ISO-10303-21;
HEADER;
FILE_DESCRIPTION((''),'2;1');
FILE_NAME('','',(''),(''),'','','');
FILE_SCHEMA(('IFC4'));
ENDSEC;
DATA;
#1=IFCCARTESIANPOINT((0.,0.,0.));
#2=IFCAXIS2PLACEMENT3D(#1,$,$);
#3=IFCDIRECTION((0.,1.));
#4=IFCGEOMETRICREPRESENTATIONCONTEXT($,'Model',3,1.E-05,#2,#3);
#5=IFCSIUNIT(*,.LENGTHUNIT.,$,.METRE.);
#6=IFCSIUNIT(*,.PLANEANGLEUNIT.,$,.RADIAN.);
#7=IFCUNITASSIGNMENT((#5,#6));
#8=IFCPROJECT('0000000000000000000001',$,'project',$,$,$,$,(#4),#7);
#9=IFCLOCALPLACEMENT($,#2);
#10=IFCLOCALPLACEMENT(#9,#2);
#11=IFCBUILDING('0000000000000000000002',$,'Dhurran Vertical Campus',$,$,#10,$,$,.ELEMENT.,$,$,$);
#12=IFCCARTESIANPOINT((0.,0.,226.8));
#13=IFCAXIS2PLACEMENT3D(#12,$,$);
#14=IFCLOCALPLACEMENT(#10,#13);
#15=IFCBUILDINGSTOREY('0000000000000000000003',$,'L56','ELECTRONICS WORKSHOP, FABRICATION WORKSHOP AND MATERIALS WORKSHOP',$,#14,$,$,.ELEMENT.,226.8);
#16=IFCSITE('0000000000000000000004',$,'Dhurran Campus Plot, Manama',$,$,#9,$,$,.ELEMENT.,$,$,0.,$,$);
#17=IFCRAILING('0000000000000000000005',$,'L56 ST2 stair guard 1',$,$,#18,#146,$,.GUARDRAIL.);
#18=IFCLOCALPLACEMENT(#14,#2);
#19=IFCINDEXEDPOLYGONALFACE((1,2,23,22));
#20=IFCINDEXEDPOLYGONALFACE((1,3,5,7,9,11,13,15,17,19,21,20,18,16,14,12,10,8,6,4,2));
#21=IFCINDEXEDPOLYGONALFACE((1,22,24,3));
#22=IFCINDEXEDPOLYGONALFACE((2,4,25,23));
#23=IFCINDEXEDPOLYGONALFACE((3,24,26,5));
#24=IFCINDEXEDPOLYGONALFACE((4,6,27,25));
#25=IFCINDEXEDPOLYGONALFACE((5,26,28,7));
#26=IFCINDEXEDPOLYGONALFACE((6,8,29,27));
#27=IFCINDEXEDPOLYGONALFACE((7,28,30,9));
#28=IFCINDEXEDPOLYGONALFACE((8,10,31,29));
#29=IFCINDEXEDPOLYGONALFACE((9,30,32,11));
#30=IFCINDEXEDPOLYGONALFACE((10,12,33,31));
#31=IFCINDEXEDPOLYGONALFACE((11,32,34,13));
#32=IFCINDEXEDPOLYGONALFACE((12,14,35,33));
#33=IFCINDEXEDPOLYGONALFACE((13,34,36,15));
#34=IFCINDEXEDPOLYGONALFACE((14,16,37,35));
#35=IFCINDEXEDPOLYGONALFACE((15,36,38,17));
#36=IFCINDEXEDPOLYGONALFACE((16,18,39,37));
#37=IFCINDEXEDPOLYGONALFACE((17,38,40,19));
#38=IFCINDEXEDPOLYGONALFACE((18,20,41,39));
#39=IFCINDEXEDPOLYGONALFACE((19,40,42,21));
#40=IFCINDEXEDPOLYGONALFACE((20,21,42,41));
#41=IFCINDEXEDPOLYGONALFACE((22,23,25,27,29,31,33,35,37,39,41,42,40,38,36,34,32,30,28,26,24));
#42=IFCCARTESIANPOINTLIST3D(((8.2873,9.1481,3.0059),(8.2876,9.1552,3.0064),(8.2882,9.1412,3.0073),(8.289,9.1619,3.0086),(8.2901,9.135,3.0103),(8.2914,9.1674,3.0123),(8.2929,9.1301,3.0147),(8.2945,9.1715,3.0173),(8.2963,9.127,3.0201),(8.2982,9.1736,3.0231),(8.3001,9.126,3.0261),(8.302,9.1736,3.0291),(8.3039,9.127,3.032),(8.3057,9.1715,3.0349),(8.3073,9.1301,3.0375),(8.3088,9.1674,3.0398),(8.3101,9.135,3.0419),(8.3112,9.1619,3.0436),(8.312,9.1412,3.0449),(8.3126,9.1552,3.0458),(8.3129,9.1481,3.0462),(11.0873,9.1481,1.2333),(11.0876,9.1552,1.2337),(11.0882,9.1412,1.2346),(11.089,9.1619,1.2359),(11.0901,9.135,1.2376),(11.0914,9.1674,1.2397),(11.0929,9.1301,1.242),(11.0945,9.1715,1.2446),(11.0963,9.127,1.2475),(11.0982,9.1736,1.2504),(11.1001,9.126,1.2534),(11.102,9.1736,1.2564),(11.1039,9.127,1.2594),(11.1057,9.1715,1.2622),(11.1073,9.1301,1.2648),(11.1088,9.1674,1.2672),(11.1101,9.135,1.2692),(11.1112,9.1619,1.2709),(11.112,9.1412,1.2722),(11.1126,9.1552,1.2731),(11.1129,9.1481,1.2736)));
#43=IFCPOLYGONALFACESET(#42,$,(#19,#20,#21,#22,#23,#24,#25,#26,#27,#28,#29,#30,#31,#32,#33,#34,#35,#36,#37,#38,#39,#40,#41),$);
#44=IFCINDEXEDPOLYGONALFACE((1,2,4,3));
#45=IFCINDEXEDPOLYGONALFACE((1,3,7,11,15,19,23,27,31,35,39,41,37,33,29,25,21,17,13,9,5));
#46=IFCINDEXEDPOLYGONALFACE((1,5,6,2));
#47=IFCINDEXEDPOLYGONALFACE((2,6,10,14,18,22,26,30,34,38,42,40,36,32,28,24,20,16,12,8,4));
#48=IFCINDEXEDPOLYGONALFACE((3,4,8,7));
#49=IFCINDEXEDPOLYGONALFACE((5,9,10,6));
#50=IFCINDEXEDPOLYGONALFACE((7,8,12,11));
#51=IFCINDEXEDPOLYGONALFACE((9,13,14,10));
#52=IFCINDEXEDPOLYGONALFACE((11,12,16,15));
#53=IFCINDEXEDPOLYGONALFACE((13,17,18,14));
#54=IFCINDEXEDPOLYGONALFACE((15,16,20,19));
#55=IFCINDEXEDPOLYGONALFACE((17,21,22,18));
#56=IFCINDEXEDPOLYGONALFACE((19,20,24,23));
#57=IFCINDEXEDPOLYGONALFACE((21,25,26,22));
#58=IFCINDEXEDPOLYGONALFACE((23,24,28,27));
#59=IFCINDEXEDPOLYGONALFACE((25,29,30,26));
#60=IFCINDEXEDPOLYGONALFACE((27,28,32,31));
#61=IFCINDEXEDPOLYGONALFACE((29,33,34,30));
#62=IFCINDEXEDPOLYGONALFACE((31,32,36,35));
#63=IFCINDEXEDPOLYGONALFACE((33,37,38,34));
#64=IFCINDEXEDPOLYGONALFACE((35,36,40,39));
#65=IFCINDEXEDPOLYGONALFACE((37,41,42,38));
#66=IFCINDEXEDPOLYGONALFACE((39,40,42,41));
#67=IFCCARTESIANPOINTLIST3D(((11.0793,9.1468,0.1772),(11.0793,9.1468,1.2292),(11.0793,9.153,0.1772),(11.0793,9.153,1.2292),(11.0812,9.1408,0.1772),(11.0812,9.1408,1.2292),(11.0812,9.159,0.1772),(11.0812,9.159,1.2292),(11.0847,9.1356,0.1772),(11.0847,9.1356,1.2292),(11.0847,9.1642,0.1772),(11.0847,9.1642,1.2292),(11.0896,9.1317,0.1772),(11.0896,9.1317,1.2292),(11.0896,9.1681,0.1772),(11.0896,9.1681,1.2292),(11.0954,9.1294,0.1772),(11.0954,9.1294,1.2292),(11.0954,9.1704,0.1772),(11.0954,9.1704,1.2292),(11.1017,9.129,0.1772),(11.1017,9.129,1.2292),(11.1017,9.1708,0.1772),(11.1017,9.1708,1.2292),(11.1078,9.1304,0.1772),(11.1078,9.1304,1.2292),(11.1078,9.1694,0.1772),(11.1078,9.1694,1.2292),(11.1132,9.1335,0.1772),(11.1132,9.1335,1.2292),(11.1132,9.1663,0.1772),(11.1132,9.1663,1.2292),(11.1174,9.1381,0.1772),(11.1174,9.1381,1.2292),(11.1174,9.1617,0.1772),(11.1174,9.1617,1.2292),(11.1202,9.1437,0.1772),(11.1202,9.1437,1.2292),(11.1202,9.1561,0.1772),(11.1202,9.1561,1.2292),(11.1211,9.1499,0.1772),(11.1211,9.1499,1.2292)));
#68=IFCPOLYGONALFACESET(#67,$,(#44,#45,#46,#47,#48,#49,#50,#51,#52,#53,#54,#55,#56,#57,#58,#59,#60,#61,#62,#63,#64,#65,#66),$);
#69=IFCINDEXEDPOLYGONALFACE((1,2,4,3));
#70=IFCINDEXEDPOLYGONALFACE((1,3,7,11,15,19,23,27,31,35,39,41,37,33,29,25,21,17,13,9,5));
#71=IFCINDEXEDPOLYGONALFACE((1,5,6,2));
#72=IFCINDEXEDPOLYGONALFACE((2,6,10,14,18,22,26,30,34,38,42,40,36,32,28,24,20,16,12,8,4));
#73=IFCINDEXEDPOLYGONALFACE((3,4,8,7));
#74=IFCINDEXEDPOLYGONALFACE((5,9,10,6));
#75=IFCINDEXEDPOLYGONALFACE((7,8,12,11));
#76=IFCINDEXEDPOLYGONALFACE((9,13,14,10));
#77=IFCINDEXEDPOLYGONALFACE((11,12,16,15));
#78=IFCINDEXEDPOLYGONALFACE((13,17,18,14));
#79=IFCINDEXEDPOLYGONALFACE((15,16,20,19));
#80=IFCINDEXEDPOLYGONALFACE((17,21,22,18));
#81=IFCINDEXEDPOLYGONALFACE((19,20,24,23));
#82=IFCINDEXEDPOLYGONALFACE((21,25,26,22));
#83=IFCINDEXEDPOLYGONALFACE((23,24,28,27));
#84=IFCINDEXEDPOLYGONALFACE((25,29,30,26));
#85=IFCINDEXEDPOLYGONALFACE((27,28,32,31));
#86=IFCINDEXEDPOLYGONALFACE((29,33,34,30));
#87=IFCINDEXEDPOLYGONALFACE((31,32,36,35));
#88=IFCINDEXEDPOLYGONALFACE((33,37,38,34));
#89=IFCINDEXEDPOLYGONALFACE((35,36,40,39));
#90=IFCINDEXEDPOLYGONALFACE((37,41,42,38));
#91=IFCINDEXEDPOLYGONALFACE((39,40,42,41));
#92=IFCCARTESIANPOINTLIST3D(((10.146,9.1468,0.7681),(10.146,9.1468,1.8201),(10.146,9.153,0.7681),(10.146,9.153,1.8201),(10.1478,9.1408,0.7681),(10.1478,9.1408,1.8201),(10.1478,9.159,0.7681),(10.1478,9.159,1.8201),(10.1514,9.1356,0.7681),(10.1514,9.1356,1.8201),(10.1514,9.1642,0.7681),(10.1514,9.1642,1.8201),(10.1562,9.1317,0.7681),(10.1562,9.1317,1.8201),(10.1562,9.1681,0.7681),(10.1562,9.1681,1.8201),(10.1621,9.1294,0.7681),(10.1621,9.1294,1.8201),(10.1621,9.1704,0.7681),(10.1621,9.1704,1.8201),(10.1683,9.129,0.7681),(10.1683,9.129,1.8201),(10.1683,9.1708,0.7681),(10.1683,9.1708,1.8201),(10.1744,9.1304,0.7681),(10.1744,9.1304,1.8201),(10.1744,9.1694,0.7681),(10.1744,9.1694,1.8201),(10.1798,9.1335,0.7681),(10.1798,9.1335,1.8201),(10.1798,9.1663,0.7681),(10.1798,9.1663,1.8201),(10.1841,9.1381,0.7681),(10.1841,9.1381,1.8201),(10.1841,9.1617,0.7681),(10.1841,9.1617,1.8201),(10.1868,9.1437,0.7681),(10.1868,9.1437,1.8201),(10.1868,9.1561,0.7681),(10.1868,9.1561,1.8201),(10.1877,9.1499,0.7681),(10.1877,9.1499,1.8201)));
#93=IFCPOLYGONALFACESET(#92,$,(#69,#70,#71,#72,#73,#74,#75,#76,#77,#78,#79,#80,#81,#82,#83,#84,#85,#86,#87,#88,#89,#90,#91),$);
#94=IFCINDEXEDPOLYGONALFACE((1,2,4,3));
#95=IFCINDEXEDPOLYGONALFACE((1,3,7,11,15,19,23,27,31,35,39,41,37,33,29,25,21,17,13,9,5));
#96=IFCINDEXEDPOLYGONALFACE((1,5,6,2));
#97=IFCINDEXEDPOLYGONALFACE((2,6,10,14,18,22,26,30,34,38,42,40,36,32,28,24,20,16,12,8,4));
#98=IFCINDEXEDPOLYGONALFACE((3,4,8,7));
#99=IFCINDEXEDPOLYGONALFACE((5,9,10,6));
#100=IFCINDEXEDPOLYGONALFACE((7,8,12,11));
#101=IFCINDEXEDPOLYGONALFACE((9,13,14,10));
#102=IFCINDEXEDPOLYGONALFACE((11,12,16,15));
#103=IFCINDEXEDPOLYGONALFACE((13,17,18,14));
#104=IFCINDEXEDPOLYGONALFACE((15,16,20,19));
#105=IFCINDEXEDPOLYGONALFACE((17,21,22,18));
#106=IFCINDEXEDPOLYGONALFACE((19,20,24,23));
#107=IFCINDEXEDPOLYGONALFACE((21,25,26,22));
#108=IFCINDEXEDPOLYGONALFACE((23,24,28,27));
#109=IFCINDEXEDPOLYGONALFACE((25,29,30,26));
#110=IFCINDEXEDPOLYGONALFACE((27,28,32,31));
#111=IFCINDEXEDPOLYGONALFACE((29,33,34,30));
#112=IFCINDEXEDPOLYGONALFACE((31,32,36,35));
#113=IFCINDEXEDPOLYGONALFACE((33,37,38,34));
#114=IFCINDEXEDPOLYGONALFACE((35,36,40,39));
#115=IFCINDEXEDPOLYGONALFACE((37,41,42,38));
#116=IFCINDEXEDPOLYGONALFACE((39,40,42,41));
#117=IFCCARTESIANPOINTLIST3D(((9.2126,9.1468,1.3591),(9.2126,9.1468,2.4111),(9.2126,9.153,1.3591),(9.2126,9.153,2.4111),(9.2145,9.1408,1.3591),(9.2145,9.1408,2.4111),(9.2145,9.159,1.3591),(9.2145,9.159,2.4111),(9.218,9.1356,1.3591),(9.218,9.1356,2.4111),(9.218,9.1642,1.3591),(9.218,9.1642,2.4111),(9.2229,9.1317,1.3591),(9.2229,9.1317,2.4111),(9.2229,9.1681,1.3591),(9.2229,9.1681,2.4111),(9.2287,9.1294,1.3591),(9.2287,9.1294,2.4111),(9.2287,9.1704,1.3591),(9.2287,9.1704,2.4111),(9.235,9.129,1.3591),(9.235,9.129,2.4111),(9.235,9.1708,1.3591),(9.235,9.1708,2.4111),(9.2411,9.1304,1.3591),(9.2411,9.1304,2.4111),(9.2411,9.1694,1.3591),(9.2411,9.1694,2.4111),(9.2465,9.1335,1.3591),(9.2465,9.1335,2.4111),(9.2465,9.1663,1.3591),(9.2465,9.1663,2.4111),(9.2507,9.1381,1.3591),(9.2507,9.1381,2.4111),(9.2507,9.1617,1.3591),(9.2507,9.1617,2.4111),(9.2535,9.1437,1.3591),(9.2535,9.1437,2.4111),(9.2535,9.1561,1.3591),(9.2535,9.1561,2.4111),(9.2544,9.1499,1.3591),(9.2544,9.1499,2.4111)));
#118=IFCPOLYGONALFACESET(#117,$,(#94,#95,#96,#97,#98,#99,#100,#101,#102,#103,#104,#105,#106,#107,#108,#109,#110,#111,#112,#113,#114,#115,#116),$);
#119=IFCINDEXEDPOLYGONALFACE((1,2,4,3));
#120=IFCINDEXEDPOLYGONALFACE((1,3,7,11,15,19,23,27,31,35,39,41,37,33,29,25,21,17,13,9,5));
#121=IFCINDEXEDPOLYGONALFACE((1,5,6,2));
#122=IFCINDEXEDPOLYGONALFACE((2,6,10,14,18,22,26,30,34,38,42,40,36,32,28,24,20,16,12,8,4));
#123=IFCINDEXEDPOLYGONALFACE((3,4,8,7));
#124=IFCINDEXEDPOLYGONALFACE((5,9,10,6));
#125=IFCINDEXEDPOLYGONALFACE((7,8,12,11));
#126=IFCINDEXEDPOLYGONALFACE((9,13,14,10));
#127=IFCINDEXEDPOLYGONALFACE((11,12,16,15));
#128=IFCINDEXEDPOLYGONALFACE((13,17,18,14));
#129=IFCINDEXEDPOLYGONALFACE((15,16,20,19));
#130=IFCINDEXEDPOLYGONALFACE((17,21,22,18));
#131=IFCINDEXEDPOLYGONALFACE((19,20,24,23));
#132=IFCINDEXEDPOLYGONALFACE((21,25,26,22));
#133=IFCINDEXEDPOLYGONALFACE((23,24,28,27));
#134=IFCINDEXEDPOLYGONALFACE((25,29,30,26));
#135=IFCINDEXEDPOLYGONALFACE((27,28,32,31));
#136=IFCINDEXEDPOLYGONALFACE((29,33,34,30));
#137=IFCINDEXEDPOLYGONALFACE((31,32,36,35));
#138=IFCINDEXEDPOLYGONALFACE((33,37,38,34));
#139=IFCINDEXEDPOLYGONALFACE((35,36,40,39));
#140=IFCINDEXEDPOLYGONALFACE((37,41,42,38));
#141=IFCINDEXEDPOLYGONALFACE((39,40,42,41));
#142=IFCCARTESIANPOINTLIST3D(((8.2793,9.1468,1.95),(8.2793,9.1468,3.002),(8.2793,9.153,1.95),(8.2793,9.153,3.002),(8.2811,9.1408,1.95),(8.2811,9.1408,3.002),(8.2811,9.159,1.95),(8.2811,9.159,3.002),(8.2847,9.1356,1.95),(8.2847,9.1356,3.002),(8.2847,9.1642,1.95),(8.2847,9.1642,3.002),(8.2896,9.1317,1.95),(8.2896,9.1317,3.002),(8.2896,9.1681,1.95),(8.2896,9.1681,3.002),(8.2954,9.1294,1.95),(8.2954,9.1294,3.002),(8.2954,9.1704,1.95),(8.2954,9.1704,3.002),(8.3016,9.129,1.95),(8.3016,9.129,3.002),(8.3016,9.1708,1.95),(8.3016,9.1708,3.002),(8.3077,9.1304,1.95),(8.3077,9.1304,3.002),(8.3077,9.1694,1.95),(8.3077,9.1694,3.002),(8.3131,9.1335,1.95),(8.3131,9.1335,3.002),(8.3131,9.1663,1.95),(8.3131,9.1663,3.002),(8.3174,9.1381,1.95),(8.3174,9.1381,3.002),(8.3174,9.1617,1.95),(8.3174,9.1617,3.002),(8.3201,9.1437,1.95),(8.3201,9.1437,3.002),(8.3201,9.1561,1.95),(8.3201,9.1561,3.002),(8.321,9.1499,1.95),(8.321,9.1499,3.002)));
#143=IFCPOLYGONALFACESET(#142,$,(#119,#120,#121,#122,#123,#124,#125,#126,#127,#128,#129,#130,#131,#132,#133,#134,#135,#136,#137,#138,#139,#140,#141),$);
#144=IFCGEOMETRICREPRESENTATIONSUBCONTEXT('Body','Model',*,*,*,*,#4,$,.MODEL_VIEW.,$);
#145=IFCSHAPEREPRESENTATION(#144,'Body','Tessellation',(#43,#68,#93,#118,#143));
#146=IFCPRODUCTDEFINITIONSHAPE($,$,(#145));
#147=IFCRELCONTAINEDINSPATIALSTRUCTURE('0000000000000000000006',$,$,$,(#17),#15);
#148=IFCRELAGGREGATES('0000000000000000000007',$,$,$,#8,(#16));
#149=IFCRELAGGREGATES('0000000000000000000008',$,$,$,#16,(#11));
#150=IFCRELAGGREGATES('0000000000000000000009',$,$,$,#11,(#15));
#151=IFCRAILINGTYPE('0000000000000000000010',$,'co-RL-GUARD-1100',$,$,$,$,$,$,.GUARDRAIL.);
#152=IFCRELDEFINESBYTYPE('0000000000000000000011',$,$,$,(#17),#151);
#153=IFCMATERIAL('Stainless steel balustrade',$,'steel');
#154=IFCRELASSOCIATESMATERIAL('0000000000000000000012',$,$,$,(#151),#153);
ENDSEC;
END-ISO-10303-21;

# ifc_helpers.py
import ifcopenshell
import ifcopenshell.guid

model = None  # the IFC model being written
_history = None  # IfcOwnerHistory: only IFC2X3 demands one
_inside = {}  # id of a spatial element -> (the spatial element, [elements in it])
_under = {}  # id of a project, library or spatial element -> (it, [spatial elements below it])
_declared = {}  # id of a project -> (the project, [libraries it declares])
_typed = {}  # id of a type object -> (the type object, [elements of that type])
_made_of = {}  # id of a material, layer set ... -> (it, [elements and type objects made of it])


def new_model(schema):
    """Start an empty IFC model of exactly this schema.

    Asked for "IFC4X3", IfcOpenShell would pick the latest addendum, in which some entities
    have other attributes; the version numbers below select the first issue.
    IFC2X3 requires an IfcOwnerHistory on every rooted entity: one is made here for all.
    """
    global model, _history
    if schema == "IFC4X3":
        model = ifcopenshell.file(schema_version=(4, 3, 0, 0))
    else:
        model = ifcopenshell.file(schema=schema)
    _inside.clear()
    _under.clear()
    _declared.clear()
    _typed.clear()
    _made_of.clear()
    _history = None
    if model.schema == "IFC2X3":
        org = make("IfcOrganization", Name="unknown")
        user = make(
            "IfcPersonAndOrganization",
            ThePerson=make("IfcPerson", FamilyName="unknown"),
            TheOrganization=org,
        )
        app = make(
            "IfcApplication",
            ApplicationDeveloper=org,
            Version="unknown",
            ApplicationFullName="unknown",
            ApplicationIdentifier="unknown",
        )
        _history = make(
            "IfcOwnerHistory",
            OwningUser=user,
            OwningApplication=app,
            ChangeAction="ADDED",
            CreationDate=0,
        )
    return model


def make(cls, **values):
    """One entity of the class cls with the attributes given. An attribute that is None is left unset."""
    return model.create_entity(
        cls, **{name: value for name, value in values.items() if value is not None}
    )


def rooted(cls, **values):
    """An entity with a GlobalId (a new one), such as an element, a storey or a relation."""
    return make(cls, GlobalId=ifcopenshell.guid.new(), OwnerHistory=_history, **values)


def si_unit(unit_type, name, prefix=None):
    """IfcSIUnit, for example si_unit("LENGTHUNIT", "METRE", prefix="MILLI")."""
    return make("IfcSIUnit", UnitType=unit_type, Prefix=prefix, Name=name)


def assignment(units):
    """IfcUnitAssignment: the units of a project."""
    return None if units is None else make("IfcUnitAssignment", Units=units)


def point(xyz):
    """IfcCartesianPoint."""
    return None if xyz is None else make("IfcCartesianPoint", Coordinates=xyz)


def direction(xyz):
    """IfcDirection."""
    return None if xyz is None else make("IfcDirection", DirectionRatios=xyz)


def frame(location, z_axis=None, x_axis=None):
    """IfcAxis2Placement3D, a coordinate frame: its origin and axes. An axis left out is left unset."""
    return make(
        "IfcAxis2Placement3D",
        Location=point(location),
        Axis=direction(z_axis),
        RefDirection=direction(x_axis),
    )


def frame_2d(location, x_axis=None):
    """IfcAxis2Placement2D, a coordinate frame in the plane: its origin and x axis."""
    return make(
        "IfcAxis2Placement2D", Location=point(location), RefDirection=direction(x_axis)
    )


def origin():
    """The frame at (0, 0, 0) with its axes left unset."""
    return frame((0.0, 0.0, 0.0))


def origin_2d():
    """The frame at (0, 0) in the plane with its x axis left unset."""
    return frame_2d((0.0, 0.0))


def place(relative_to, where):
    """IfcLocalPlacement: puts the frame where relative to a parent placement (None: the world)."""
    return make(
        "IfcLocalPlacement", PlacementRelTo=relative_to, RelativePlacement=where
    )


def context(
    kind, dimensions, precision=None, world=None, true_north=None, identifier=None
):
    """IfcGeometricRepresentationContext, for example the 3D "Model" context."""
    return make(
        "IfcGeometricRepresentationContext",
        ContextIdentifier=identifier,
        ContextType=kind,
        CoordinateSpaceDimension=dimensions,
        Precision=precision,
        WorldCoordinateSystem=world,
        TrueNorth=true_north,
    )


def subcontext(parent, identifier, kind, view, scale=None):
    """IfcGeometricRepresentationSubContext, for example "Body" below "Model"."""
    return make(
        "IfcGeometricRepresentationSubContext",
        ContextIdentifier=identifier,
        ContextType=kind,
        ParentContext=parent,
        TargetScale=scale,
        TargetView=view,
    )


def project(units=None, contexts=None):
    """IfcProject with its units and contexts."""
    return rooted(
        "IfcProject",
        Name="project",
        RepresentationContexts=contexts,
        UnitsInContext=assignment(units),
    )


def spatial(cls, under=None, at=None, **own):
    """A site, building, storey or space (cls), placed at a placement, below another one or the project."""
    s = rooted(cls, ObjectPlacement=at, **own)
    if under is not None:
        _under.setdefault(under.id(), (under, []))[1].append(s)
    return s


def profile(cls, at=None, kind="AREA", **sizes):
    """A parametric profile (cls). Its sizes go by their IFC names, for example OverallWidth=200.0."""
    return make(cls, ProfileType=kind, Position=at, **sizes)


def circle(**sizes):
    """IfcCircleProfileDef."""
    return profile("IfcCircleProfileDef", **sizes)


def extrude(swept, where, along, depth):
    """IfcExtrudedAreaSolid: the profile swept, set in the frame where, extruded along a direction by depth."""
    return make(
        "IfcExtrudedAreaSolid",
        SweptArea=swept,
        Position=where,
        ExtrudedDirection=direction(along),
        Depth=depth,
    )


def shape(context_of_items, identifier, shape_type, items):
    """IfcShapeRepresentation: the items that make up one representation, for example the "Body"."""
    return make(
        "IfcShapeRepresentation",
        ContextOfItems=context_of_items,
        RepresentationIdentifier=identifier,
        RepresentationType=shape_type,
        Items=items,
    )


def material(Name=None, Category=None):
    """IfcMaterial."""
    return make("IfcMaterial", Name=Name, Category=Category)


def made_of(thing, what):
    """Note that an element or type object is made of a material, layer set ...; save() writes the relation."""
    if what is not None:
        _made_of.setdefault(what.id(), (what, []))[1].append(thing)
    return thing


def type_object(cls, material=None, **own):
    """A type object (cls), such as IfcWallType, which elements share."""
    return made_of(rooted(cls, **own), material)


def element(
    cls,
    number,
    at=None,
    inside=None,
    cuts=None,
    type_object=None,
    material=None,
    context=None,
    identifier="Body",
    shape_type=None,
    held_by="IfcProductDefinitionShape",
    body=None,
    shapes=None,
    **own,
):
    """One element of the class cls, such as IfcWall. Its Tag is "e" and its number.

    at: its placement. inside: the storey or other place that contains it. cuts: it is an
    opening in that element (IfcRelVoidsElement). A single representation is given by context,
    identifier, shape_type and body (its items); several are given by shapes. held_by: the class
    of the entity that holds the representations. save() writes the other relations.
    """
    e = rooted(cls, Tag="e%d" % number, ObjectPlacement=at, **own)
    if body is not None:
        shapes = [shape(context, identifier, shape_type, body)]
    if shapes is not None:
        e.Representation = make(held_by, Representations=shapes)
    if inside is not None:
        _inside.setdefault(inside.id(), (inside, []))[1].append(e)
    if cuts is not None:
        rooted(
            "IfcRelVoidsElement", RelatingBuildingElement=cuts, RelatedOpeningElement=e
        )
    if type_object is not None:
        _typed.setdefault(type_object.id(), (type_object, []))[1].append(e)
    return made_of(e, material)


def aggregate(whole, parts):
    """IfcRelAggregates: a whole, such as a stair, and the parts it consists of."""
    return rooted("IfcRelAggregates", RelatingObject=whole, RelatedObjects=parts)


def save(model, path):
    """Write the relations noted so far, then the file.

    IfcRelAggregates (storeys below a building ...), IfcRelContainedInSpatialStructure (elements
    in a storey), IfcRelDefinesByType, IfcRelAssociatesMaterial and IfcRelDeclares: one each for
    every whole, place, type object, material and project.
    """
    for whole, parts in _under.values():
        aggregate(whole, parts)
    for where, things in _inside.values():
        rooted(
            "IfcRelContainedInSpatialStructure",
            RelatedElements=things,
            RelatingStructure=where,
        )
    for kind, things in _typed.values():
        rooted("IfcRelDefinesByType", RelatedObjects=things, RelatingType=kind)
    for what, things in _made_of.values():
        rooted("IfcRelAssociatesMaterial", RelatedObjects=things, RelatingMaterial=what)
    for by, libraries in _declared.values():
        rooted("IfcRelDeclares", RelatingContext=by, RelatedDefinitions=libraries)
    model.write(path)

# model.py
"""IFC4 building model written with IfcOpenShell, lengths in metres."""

from ifc_helpers import new_model, si_unit, direction, frame, origin, origin_2d, place, context, subcontext, project, spatial, circle, extrude, material, type_object, element, save


model = new_model("IFC4")

# Units and contexts
model_context = context("Model", 3, precision=1e-05, world=origin(), true_north=direction((0.0, 1.0)))
body_context = subcontext(model_context, "Body", "Model", "MODEL_VIEW")
ifc_project = project(units=[si_unit("LENGTHUNIT", "METRE"), si_unit("PLANEANGLEUNIT", "RADIAN")], contexts=[model_context])

# Site, building, storey
site_placement = place(None, origin())
site = spatial("IfcSite", under=ifc_project, at=site_placement, Name="Dhurran Campus Plot, Manama", CompositionType="ELEMENT", RefElevation=0.0)
building_placement = place(site_placement, origin())
building = spatial("IfcBuilding", under=site, at=building_placement, Name="Dhurran Vertical Campus", CompositionType="ELEMENT")
storey_placement = place(building_placement, frame((0.0, 0.0, 226.8)))
storey = spatial("IfcBuildingStorey", under=building, at=storey_placement, Name="L56", Description="ELECTRONICS WORKSHOP, FABRICATION WORKSHOP AND MATERIALS WORKSHOP", CompositionType="ELEMENT", Elevation=226.8)

# Railing
ifc_material_1 = material(Name="Stainless steel balustrade", Category="steel")
railing_type_1 = type_object("IfcRailingType", Name="co-RL-GUARD-1100", PredefinedType="GUARDRAIL", material=ifc_material_1)
railing_1_placement = place(storey_placement, frame((11.1001, 9.1499, 0.1772)))
element("IfcRailing", 1, at=railing_1_placement, inside=storey, type_object=railing_type_1, Name="L56 ST2 stair guard 1", PredefinedType="GUARDRAIL", context=body_context, shape_type="SweptSolid", body=[
    extrude(circle(Radius=0.0239, at=origin_2d()), frame((0.0, 0.0, 1.0762), z_axis=(-0.844909, 0.0, 0.53491), x_axis=(0.0, -1.0, 0.0)), (0.0, 0.0, 1.0), 3.314),
    extrude(circle(Radius=0.021, at=origin_2d()), origin(), (0.0, 0.0, 1.0), 1.052),
    extrude(circle(Radius=0.021, at=origin_2d()), frame((-0.9333, 0.0, 0.5908)), (0.0, 0.0, 1.0), 1.052),
    extrude(circle(Radius=0.021, at=origin_2d()), frame((-1.8667, 0.0, 1.1819)), (0.0, 0.0, 1.0), 1.052),
    extrude(circle(Radius=0.021, at=origin_2d()), frame((-2.8, 0.0, 1.7727)), (0.0, 0.0, 1.0), 1.052),
])

save(model, "model.ifc")
